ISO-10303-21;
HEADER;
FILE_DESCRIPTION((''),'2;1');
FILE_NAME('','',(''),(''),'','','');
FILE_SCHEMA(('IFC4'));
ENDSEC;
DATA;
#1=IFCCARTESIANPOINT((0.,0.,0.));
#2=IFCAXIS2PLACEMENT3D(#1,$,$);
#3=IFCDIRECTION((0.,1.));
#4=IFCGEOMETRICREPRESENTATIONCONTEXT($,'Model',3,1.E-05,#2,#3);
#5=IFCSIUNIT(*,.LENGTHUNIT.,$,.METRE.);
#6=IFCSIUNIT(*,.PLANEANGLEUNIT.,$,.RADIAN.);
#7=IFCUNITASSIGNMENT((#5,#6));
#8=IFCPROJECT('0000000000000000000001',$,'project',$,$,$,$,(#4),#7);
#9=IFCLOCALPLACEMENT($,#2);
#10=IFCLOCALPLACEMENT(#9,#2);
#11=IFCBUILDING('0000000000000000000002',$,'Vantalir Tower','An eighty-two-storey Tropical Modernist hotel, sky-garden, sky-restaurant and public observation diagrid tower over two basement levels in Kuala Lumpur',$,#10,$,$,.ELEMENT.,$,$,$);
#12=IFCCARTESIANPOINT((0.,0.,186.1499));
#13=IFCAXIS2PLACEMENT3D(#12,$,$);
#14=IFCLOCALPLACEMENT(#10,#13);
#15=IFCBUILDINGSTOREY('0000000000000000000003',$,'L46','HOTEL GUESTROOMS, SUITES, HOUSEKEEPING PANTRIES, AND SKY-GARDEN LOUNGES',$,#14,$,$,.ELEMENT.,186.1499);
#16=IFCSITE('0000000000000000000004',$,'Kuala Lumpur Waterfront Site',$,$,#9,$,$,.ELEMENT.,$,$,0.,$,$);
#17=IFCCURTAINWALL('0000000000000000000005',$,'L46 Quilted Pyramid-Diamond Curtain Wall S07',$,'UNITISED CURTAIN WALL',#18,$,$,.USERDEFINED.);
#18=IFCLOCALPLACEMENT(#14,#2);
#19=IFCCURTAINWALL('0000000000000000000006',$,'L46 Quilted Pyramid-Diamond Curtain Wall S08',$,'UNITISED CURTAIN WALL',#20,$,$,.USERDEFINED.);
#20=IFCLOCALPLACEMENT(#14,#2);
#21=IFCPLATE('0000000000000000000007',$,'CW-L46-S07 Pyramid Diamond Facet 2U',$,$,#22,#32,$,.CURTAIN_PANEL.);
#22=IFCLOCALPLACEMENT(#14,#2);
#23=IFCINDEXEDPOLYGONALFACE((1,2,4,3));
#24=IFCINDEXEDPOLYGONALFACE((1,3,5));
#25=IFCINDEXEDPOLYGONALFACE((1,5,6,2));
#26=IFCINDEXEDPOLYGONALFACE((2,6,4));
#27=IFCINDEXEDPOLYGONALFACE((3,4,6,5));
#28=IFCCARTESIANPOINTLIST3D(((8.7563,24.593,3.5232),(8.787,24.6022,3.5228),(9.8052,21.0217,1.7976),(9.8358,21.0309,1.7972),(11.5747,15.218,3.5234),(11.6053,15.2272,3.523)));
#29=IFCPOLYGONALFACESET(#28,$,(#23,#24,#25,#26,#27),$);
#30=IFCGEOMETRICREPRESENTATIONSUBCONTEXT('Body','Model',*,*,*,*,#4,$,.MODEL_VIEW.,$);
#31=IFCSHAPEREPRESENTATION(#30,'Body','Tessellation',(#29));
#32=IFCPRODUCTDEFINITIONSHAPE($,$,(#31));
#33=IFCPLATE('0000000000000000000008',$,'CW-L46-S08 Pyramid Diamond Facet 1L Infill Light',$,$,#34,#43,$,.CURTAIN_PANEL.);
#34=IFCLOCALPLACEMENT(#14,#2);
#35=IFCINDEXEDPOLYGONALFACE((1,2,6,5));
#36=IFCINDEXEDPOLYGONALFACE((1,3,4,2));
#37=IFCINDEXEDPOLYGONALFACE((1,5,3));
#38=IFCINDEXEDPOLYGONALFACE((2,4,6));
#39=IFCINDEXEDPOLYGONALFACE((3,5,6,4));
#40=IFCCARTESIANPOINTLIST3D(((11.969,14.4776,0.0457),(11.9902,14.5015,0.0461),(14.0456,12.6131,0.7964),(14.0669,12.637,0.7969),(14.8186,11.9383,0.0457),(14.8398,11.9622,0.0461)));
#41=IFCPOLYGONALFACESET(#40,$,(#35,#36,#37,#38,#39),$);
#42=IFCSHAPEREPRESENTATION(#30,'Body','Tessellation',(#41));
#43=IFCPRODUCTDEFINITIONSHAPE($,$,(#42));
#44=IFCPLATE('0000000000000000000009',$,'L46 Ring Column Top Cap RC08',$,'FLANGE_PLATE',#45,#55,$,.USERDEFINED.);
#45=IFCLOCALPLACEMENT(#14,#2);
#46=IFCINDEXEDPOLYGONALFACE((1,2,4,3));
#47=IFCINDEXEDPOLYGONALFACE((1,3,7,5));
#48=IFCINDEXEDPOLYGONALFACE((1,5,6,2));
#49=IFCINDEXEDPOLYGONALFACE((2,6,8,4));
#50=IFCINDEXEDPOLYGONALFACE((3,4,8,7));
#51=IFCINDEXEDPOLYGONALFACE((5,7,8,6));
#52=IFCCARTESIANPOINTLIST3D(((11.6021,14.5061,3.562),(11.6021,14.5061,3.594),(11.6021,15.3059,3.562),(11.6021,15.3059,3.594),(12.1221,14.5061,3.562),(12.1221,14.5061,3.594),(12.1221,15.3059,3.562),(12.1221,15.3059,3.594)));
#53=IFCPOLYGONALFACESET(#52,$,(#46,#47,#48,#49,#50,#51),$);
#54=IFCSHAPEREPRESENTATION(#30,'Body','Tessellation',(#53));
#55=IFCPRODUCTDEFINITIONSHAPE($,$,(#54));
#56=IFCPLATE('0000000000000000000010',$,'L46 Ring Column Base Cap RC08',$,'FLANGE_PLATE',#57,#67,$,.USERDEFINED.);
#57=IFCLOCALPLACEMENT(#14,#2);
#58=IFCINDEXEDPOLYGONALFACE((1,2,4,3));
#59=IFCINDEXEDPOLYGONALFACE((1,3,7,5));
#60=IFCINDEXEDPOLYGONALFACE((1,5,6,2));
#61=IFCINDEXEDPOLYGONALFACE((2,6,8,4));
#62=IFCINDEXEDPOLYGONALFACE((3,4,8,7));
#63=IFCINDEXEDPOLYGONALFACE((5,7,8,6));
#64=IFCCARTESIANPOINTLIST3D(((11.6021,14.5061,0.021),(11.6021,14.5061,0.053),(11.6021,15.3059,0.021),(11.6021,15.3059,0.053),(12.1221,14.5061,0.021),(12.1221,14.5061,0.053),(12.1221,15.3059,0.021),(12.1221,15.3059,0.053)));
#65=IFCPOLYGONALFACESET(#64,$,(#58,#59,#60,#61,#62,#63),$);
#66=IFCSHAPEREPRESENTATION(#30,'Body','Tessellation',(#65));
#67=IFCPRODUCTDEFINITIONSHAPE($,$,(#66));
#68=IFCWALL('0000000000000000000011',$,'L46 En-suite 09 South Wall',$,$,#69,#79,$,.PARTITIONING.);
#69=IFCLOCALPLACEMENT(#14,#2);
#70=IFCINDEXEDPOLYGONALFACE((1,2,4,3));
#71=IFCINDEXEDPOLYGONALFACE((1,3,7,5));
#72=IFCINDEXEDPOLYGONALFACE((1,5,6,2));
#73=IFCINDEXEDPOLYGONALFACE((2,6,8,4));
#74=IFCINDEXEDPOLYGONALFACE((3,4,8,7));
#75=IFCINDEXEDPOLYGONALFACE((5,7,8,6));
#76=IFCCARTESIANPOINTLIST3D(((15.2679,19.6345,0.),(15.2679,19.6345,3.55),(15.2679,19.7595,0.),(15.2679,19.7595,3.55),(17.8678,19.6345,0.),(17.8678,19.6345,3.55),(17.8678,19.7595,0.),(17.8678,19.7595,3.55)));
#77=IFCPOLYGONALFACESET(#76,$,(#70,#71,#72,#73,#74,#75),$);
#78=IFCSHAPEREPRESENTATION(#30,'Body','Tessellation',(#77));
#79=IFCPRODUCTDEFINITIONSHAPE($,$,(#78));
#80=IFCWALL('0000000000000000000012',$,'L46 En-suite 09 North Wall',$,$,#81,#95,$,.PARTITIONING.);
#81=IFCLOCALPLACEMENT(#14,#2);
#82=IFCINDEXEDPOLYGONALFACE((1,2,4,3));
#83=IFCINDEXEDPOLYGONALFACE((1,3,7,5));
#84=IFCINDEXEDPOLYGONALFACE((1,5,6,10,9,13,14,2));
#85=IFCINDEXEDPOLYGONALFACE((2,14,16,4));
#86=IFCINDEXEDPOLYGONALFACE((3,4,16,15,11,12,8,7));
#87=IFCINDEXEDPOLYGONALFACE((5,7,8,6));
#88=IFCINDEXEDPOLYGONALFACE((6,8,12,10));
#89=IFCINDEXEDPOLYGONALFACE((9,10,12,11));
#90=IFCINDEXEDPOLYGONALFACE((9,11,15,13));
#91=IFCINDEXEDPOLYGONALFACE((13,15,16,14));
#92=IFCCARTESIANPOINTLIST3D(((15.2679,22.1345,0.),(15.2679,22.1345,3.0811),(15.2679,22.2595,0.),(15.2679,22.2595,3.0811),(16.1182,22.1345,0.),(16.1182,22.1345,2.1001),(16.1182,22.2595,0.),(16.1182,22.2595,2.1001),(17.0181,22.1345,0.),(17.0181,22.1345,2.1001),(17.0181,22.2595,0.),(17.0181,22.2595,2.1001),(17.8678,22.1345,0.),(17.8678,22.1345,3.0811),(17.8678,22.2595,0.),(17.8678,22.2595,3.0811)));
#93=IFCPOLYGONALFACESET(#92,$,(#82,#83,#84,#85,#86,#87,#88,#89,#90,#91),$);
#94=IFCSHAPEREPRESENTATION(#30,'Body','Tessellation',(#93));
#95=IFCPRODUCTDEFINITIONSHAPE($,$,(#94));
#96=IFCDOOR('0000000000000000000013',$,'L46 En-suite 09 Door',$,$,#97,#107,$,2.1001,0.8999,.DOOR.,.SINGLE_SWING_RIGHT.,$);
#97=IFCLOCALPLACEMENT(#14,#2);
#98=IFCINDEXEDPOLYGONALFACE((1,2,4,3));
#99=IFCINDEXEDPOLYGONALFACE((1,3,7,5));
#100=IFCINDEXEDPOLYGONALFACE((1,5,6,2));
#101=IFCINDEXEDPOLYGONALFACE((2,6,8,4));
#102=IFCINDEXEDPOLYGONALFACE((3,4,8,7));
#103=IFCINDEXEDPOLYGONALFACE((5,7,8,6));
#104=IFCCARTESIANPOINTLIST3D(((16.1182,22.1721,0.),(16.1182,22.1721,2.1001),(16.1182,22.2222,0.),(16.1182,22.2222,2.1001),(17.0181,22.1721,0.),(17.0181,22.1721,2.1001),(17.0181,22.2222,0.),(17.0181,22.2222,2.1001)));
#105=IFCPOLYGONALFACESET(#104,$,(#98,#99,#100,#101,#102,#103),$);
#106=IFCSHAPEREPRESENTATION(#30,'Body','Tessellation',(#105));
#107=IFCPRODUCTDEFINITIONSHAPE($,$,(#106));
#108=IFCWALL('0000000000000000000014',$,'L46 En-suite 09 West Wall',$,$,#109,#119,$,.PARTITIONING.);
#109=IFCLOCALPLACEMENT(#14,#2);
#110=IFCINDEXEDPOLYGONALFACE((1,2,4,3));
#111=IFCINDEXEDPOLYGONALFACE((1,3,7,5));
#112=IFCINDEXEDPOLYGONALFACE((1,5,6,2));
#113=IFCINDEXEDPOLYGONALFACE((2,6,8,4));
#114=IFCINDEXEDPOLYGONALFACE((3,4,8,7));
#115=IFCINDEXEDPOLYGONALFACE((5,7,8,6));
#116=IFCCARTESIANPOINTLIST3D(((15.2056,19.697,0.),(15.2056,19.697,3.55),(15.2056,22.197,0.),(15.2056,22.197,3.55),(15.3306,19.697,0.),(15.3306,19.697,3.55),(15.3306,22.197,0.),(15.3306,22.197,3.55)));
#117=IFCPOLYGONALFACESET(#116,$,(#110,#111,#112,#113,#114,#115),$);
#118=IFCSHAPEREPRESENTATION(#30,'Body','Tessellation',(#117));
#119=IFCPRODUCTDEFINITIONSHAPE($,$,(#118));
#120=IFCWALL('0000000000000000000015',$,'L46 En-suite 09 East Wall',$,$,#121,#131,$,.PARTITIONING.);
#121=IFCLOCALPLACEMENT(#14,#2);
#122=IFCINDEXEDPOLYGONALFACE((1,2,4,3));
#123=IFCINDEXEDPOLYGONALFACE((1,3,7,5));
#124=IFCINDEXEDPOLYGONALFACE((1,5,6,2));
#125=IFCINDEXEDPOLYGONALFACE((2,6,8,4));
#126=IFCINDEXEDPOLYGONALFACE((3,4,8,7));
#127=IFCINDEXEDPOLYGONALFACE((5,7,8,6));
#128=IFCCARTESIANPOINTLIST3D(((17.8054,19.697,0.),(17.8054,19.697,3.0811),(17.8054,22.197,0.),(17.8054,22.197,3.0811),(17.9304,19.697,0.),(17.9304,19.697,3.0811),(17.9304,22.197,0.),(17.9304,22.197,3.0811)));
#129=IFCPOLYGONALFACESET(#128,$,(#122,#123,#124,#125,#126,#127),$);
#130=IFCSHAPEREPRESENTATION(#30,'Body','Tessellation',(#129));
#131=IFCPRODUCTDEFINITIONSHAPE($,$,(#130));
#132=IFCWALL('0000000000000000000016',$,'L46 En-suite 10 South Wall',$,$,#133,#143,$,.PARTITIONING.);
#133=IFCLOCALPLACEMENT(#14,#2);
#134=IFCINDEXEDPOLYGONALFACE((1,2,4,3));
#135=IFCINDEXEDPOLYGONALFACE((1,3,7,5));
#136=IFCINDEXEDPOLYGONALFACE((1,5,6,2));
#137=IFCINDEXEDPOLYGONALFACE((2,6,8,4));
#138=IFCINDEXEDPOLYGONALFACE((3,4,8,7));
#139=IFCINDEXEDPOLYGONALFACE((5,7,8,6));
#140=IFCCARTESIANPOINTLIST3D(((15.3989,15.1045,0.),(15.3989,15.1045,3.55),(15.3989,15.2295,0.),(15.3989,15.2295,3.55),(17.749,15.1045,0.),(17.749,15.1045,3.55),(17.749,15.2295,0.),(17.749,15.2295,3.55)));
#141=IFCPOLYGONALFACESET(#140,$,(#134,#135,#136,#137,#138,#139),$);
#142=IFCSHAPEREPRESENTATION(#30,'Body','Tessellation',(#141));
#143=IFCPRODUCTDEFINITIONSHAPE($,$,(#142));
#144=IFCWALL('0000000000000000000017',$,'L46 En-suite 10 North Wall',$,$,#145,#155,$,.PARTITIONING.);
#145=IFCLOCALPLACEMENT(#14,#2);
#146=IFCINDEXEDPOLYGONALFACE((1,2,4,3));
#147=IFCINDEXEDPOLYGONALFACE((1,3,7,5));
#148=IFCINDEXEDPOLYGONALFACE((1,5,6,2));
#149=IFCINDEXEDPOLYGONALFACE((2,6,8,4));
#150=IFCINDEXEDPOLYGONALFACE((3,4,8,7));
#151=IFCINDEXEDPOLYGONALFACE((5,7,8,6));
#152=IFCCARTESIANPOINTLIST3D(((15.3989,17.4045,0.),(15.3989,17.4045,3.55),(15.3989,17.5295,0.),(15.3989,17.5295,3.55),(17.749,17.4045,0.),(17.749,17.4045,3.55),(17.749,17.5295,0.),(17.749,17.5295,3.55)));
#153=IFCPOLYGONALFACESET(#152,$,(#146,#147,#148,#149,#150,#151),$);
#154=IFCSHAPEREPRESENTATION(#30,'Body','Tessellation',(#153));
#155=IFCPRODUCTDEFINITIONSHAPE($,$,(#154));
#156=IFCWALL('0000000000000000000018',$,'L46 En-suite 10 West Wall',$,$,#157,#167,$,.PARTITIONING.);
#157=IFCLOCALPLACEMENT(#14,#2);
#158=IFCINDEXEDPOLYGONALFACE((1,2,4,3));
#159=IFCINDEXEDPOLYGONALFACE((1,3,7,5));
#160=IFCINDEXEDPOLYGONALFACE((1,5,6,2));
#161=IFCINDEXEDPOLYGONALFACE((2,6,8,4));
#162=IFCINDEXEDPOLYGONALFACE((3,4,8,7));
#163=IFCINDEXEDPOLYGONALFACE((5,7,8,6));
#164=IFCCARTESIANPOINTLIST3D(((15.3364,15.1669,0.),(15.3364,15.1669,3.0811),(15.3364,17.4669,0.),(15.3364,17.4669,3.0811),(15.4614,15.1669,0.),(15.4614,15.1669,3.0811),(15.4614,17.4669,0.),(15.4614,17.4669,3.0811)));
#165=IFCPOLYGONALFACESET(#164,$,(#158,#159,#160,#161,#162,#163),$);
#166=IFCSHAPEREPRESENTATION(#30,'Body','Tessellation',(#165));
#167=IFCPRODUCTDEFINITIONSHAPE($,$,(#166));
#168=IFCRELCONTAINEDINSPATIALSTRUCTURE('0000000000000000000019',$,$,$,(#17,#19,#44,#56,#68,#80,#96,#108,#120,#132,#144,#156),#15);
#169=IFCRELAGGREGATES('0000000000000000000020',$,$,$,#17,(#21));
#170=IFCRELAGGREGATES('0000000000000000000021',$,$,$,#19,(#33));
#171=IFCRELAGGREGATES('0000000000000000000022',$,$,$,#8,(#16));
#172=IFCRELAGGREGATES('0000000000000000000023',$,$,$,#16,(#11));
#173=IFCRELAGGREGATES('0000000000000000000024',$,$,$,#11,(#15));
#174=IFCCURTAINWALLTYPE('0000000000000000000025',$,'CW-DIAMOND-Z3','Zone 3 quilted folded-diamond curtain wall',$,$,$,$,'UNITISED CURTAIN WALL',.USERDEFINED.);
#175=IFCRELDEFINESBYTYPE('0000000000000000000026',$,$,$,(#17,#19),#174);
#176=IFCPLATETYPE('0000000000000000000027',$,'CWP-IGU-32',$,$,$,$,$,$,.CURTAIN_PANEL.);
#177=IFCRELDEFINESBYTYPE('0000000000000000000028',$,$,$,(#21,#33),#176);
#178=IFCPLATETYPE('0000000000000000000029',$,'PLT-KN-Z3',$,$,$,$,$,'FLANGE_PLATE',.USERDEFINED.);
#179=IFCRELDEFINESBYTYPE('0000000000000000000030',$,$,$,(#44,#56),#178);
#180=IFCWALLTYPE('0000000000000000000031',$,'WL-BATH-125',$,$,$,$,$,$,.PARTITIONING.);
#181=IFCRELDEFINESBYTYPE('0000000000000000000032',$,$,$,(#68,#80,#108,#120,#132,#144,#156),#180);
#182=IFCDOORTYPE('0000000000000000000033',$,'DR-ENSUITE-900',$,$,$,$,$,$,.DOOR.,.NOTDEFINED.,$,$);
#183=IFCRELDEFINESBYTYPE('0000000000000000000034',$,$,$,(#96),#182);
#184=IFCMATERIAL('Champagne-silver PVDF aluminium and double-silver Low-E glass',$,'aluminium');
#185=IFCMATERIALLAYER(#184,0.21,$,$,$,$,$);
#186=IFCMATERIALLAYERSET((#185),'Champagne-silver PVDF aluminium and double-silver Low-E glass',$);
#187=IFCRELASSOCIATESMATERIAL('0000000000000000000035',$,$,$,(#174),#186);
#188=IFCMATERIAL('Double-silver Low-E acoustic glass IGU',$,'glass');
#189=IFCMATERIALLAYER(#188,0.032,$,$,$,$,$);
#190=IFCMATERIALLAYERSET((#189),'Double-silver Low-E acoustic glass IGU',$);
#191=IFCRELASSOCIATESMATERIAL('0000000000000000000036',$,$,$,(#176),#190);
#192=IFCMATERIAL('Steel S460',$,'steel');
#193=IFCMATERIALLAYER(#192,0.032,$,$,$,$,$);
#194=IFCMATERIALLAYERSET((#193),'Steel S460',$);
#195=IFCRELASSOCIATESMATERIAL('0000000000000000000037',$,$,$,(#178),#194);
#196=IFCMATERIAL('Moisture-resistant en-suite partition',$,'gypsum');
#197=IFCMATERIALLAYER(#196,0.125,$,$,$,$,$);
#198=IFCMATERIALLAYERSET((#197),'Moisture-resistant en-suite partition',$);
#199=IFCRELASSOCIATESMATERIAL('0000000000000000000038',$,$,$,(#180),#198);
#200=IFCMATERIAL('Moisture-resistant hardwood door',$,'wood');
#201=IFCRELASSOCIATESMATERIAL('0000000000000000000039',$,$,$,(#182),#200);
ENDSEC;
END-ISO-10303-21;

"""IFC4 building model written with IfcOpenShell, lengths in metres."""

from ifc_helpers import new_model, si_unit, direction, frame, frame_2d, origin, place, context, subcontext, project, spatial, polyline, rectangle, outline, extrude, material, layer, layer_set, type_object, element, fill, aggregate, save


model = new_model("IFC4")

# Units and contexts
model_context = context("Model", 3, precision=1e-05, world=origin(), true_north=direction((0.0, 1.0)))
body_context = subcontext(model_context, "Body", "Model", "MODEL_VIEW")
ifc_project = project(units=[si_unit("LENGTHUNIT", "METRE"), si_unit("PLANEANGLEUNIT", "RADIAN")], contexts=[model_context])

# Site, building, storey
site_placement = place(None, origin())
site = spatial("IfcSite", under=ifc_project, at=site_placement, Name="Kuala Lumpur Waterfront Site", CompositionType="ELEMENT", RefElevation=0.0)
building_placement = place(site_placement, origin())
building = spatial("IfcBuilding", under=site, at=building_placement, Name="Vantalir Tower", Description="An eighty-two-storey Tropical Modernist hotel, sky-garden, sky-restaurant and public observation diagrid tower over two basement levels in Kuala Lumpur", CompositionType="ELEMENT")
storey_placement = place(building_placement, frame((0.0, 0.0, 186.1499)))
storey = spatial("IfcBuildingStorey", under=building, at=storey_placement, Name="L46", Description="HOTEL GUESTROOMS, SUITES, HOUSEKEEPING PANTRIES, AND SKY-GARDEN LOUNGES", CompositionType="ELEMENT", Elevation=186.1499)

# Shared definitions
ifc_material_1 = material(Name="Steel S460", Category="steel")

# Curtain wall
ifc_material_2 = material(Name="Champagne-silver PVDF aluminium and double-silver Low-E glass", Category="aluminium")
ifc_layer_1 = layer(ifc_material_2, 0.21)
ifc_layer_set_1 = layer_set([ifc_layer_1], Name="Champagne-silver PVDF aluminium and double-silver Low-E glass")
curtain_wall_type = type_object("IfcCurtainWallType", Name="CW-DIAMOND-Z3", Description="Zone 3 quilted folded-diamond curtain wall", ElementType="UNITISED CURTAIN WALL", PredefinedType="USERDEFINED", material=ifc_layer_set_1)
curtain_wall_1_placement = place(storey_placement, origin())
curtain_wall_1 = element("IfcCurtainWall", 1, at=curtain_wall_1_placement, inside=storey, type_object=curtain_wall_type, Name="L46 Quilted Pyramid-Diamond Curtain Wall S07", ObjectType="UNITISED CURTAIN WALL", PredefinedType="USERDEFINED")

# Curtain wall
curtain_wall_2_placement = place(storey_placement, origin())
curtain_wall_2 = element("IfcCurtainWall", 2, at=curtain_wall_2_placement, inside=storey, type_object=curtain_wall_type, Name="L46 Quilted Pyramid-Diamond Curtain Wall S08", ObjectType="UNITISED CURTAIN WALL", PredefinedType="USERDEFINED")

# Plates
ifc_material_3 = material(Name="Double-silver Low-E acoustic glass IGU", Category="glass")
ifc_layer_2 = layer(ifc_material_3, 0.032)
ifc_layer_set_2 = layer_set([ifc_layer_2], Name="Double-silver Low-E acoustic glass IGU")
plate_type_1 = type_object("IfcPlateType", Name="CWP-IGU-32", PredefinedType="CURTAIN_PANEL", material=ifc_layer_set_2)
plate_1_placement = place(storey_placement, frame((11.5747, 15.218, 3.5234), z_axis=(-0.957571, -0.287869, 0.013756), x_axis=(-0.287897, 0.957661, -0.000025)))
plate_1 = element("IfcPlate", 3, at=plate_1_placement, type_object=plate_type_1, Name="CW-L46-S07 Pyramid Diamond Facet 2U", PredefinedType="CURTAIN_PANEL", context=body_context, shape_type="SweptSolid", body=[
    extrude(outline(polyline([(0.0, 0.0), (9.7895, 0.0), (6.0675, 1.7258), (0.0, 0.0)])), origin(), (0.0, 0.0, -1.0), 0.032),
])
aggregate(curtain_wall_1, [plate_1])
plate_2_placement = place(storey_placement, frame((11.9902, 14.5015, 0.0461), z_axis=(0.665224, 0.746514, 0.013897), x_axis=(0.746586, -0.665288, 0.0)))
plate_2 = element("IfcPlate", 4, at=plate_2_placement, type_object=plate_type_1, Name="CW-L46-S08 Pyramid Diamond Facet 1L Infill Light", PredefinedType="CURTAIN_PANEL", context=body_context, shape_type="SweptSolid", body=[
    extrude(outline(polyline([(0.0, 0.0), (3.8169, 0.0), (2.7908, -0.7508), (0.0, 0.0)])), origin(), (0.0, 0.0, -1.0), 0.032),
])
aggregate(curtain_wall_2, [plate_2])

# Plates
ifc_layer_3 = layer(ifc_material_1, 0.032)
ifc_layer_set_3 = layer_set([ifc_layer_3], Name="Steel S460")
plate_type_2 = type_object("IfcPlateType", Name="PLT-KN-Z3", ElementType="FLANGE_PLATE", PredefinedType="USERDEFINED", material=ifc_layer_set_3)
for number, where, z_axis, x_axis, name in (
    (5, (11.6021, 15.3059, 3.594), (0.0, 0.0, 1.0), (0.0, -1.0, 0.0), "L46 Ring Column Top Cap RC08"),
    (6, (11.6021, 15.3059, 0.053), (0.0, 0.0, 1.0), (0.0, -1.0, 0.0), "L46 Ring Column Base Cap RC08"),
):
    element("IfcPlate", number, at=place(storey_placement, frame(where, z_axis=z_axis, x_axis=x_axis)), inside=storey, type_object=plate_type_2, Name=name, ObjectType="FLANGE_PLATE", PredefinedType="USERDEFINED", context=body_context, shape_type="SweptSolid", body=[
        extrude(outline(polyline([(0.0, 0.0), (0.7998, 0.0), (0.7998, 0.52), (0.0, 0.52), (0.0, 0.0)])), origin(), (0.0, 0.0, -1.0), 0.032),
    ])

# Wall
ifc_material_4 = material(Name="Moisture-resistant en-suite partition", Category="gypsum")
ifc_layer_4 = layer(ifc_material_4, 0.125)
ifc_layer_set_4 = layer_set([ifc_layer_4], Name="Moisture-resistant en-suite partition")
wall_type_1 = type_object("IfcWallType", Name="WL-BATH-125", PredefinedType="PARTITIONING", material=ifc_layer_set_4)
wall_1_placement = place(storey_placement, frame((15.2681, 19.697, 0.0), z_axis=(0.0, 0.0, 1.0), x_axis=(1.0, 0.0, 0.0)))
element("IfcWall", 7, at=wall_1_placement, inside=storey, type_object=wall_type_1, Name="L46 En-suite 09 South Wall", PredefinedType="PARTITIONING", context=body_context, shape_type="SweptSolid", body=[
    extrude(rectangle(XDim=2.5999, YDim=0.125, at=frame_2d((1.2998, 0.0))), origin(), (0.0, 0.0, 1.0), 3.55),
])

# Wall, opening, door
wall_2_placement = place(storey_placement, frame((15.2681, 22.197, 0.0), z_axis=(0.0, 0.0, 1.0), x_axis=(1.0, 0.0, 0.0)))
wall_2 = element("IfcWall", 8, at=wall_2_placement, inside=storey, type_object=wall_type_1, Name="L46 En-suite 09 North Wall", PredefinedType="PARTITIONING", context=body_context, shape_type="SweptSolid", body=[
    extrude(rectangle(XDim=2.5999, YDim=0.125, at=frame_2d((1.2998, 0.0))), origin(), (0.0, 0.0, 1.0), 3.0811),
])
opening_1_placement = place(wall_2_placement, frame((0.8501, 0.0, 0.0)))
opening_1 = element("IfcOpeningElement", 9, at=opening_1_placement, cuts=wall_2, PredefinedType="OPENING", context=body_context, shape_type="SweptSolid", body=[
    extrude(rectangle(XDim=0.8999, YDim=2.1001, at=frame_2d((0.45, 1.05))), frame((0.0, 0.0725, 0.0), z_axis=(0.0, -1.0, 0.0), x_axis=(1.0, 0.0, 0.0)), (0.0, 0.0, 1.0), 0.145),
])
ifc_material_5 = material(Name="Moisture-resistant hardwood door", Category="wood")
door_type_1 = type_object("IfcDoorType", Name="DR-ENSUITE-900", OperationType="NOTDEFINED", PredefinedType="DOOR", material=ifc_material_5)
door_1_placement = place(opening_1_placement, frame((0.8999, 0.0, 0.0), z_axis=(0.0, 0.0, 1.0), x_axis=(-1.0, 0.0, 0.0)))
door_1 = element("IfcDoor", 10, at=door_1_placement, inside=storey, type_object=door_type_1, Name="L46 En-suite 09 Door", OperationType="SINGLE_SWING_RIGHT", OverallHeight=2.1001, OverallWidth=0.8999, PredefinedType="DOOR", context=body_context, shape_type="SweptSolid", body=[
    extrude(rectangle(XDim=0.8999, YDim=2.1001, at=frame_2d((0.45, 1.05))), frame((0.0, 0.0249, 0.0), z_axis=(0.0, -1.0, 0.0), x_axis=(1.0, 0.0, 0.0)), (0.0, 0.0, 1.0), 0.05),
])
fill(opening_1, door_1)

# Walls
wall_3_placement = place(storey_placement, frame((15.2681, 19.697, 0.0), z_axis=(0.0, 0.0, 1.0), x_axis=(0.0, 1.0, 0.0)))
element("IfcWall", 11, at=wall_3_placement, inside=storey, type_object=wall_type_1, Name="L46 En-suite 09 West Wall", PredefinedType="PARTITIONING", context=body_context, shape_type="SweptSolid", body=[
    extrude(rectangle(XDim=2.5, YDim=0.125, at=frame_2d((1.25, 0.0))), origin(), (0.0, 0.0, 1.0), 3.55),
])
wall_4_placement = place(storey_placement, frame((17.8679, 19.697, 0.0), z_axis=(0.0, 0.0, 1.0), x_axis=(0.0, 1.0, 0.0)))
element("IfcWall", 12, at=wall_4_placement, inside=storey, type_object=wall_type_1, Name="L46 En-suite 09 East Wall", PredefinedType="PARTITIONING", context=body_context, shape_type="SweptSolid", body=[
    extrude(rectangle(XDim=2.5, YDim=0.125, at=frame_2d((1.25, 0.0))), origin(), (0.0, 0.0, 1.0), 3.0811),
])
for number, where, z_axis, x_axis, name in (
    (13, (15.3989, 15.167, 0.0), (0.0, 0.0, 1.0), (1.0, 0.0, 0.0), "L46 En-suite 10 South Wall"),
    (14, (15.3989, 17.467, 0.0), (0.0, 0.0, 1.0), (1.0, 0.0, 0.0), "L46 En-suite 10 North Wall"),
):
    element("IfcWall", number, at=place(storey_placement, frame(where, z_axis=z_axis, x_axis=x_axis)), inside=storey, type_object=wall_type_1, Name=name, PredefinedType="PARTITIONING", context=body_context, shape_type="SweptSolid", body=[
        extrude(rectangle(XDim=2.3501, YDim=0.125, at=frame_2d((1.175, 0.0))), origin(), (0.0, 0.0, 1.0), 3.55),
    ])
wall_5_placement = place(storey_placement, frame((15.3989, 15.167, 0.0), z_axis=(0.0, 0.0, 1.0), x_axis=(0.0, 1.0, 0.0)))
element("IfcWall", 15, at=wall_5_placement, inside=storey, type_object=wall_type_1, Name="L46 En-suite 10 West Wall", PredefinedType="PARTITIONING", context=body_context, shape_type="SweptSolid", body=[
    extrude(rectangle(XDim=2.3, YDim=0.125, at=frame_2d((1.1499, 0.0))), origin(), (0.0, 0.0, 1.0), 3.0811),
])

save(model, "model.ifc")
